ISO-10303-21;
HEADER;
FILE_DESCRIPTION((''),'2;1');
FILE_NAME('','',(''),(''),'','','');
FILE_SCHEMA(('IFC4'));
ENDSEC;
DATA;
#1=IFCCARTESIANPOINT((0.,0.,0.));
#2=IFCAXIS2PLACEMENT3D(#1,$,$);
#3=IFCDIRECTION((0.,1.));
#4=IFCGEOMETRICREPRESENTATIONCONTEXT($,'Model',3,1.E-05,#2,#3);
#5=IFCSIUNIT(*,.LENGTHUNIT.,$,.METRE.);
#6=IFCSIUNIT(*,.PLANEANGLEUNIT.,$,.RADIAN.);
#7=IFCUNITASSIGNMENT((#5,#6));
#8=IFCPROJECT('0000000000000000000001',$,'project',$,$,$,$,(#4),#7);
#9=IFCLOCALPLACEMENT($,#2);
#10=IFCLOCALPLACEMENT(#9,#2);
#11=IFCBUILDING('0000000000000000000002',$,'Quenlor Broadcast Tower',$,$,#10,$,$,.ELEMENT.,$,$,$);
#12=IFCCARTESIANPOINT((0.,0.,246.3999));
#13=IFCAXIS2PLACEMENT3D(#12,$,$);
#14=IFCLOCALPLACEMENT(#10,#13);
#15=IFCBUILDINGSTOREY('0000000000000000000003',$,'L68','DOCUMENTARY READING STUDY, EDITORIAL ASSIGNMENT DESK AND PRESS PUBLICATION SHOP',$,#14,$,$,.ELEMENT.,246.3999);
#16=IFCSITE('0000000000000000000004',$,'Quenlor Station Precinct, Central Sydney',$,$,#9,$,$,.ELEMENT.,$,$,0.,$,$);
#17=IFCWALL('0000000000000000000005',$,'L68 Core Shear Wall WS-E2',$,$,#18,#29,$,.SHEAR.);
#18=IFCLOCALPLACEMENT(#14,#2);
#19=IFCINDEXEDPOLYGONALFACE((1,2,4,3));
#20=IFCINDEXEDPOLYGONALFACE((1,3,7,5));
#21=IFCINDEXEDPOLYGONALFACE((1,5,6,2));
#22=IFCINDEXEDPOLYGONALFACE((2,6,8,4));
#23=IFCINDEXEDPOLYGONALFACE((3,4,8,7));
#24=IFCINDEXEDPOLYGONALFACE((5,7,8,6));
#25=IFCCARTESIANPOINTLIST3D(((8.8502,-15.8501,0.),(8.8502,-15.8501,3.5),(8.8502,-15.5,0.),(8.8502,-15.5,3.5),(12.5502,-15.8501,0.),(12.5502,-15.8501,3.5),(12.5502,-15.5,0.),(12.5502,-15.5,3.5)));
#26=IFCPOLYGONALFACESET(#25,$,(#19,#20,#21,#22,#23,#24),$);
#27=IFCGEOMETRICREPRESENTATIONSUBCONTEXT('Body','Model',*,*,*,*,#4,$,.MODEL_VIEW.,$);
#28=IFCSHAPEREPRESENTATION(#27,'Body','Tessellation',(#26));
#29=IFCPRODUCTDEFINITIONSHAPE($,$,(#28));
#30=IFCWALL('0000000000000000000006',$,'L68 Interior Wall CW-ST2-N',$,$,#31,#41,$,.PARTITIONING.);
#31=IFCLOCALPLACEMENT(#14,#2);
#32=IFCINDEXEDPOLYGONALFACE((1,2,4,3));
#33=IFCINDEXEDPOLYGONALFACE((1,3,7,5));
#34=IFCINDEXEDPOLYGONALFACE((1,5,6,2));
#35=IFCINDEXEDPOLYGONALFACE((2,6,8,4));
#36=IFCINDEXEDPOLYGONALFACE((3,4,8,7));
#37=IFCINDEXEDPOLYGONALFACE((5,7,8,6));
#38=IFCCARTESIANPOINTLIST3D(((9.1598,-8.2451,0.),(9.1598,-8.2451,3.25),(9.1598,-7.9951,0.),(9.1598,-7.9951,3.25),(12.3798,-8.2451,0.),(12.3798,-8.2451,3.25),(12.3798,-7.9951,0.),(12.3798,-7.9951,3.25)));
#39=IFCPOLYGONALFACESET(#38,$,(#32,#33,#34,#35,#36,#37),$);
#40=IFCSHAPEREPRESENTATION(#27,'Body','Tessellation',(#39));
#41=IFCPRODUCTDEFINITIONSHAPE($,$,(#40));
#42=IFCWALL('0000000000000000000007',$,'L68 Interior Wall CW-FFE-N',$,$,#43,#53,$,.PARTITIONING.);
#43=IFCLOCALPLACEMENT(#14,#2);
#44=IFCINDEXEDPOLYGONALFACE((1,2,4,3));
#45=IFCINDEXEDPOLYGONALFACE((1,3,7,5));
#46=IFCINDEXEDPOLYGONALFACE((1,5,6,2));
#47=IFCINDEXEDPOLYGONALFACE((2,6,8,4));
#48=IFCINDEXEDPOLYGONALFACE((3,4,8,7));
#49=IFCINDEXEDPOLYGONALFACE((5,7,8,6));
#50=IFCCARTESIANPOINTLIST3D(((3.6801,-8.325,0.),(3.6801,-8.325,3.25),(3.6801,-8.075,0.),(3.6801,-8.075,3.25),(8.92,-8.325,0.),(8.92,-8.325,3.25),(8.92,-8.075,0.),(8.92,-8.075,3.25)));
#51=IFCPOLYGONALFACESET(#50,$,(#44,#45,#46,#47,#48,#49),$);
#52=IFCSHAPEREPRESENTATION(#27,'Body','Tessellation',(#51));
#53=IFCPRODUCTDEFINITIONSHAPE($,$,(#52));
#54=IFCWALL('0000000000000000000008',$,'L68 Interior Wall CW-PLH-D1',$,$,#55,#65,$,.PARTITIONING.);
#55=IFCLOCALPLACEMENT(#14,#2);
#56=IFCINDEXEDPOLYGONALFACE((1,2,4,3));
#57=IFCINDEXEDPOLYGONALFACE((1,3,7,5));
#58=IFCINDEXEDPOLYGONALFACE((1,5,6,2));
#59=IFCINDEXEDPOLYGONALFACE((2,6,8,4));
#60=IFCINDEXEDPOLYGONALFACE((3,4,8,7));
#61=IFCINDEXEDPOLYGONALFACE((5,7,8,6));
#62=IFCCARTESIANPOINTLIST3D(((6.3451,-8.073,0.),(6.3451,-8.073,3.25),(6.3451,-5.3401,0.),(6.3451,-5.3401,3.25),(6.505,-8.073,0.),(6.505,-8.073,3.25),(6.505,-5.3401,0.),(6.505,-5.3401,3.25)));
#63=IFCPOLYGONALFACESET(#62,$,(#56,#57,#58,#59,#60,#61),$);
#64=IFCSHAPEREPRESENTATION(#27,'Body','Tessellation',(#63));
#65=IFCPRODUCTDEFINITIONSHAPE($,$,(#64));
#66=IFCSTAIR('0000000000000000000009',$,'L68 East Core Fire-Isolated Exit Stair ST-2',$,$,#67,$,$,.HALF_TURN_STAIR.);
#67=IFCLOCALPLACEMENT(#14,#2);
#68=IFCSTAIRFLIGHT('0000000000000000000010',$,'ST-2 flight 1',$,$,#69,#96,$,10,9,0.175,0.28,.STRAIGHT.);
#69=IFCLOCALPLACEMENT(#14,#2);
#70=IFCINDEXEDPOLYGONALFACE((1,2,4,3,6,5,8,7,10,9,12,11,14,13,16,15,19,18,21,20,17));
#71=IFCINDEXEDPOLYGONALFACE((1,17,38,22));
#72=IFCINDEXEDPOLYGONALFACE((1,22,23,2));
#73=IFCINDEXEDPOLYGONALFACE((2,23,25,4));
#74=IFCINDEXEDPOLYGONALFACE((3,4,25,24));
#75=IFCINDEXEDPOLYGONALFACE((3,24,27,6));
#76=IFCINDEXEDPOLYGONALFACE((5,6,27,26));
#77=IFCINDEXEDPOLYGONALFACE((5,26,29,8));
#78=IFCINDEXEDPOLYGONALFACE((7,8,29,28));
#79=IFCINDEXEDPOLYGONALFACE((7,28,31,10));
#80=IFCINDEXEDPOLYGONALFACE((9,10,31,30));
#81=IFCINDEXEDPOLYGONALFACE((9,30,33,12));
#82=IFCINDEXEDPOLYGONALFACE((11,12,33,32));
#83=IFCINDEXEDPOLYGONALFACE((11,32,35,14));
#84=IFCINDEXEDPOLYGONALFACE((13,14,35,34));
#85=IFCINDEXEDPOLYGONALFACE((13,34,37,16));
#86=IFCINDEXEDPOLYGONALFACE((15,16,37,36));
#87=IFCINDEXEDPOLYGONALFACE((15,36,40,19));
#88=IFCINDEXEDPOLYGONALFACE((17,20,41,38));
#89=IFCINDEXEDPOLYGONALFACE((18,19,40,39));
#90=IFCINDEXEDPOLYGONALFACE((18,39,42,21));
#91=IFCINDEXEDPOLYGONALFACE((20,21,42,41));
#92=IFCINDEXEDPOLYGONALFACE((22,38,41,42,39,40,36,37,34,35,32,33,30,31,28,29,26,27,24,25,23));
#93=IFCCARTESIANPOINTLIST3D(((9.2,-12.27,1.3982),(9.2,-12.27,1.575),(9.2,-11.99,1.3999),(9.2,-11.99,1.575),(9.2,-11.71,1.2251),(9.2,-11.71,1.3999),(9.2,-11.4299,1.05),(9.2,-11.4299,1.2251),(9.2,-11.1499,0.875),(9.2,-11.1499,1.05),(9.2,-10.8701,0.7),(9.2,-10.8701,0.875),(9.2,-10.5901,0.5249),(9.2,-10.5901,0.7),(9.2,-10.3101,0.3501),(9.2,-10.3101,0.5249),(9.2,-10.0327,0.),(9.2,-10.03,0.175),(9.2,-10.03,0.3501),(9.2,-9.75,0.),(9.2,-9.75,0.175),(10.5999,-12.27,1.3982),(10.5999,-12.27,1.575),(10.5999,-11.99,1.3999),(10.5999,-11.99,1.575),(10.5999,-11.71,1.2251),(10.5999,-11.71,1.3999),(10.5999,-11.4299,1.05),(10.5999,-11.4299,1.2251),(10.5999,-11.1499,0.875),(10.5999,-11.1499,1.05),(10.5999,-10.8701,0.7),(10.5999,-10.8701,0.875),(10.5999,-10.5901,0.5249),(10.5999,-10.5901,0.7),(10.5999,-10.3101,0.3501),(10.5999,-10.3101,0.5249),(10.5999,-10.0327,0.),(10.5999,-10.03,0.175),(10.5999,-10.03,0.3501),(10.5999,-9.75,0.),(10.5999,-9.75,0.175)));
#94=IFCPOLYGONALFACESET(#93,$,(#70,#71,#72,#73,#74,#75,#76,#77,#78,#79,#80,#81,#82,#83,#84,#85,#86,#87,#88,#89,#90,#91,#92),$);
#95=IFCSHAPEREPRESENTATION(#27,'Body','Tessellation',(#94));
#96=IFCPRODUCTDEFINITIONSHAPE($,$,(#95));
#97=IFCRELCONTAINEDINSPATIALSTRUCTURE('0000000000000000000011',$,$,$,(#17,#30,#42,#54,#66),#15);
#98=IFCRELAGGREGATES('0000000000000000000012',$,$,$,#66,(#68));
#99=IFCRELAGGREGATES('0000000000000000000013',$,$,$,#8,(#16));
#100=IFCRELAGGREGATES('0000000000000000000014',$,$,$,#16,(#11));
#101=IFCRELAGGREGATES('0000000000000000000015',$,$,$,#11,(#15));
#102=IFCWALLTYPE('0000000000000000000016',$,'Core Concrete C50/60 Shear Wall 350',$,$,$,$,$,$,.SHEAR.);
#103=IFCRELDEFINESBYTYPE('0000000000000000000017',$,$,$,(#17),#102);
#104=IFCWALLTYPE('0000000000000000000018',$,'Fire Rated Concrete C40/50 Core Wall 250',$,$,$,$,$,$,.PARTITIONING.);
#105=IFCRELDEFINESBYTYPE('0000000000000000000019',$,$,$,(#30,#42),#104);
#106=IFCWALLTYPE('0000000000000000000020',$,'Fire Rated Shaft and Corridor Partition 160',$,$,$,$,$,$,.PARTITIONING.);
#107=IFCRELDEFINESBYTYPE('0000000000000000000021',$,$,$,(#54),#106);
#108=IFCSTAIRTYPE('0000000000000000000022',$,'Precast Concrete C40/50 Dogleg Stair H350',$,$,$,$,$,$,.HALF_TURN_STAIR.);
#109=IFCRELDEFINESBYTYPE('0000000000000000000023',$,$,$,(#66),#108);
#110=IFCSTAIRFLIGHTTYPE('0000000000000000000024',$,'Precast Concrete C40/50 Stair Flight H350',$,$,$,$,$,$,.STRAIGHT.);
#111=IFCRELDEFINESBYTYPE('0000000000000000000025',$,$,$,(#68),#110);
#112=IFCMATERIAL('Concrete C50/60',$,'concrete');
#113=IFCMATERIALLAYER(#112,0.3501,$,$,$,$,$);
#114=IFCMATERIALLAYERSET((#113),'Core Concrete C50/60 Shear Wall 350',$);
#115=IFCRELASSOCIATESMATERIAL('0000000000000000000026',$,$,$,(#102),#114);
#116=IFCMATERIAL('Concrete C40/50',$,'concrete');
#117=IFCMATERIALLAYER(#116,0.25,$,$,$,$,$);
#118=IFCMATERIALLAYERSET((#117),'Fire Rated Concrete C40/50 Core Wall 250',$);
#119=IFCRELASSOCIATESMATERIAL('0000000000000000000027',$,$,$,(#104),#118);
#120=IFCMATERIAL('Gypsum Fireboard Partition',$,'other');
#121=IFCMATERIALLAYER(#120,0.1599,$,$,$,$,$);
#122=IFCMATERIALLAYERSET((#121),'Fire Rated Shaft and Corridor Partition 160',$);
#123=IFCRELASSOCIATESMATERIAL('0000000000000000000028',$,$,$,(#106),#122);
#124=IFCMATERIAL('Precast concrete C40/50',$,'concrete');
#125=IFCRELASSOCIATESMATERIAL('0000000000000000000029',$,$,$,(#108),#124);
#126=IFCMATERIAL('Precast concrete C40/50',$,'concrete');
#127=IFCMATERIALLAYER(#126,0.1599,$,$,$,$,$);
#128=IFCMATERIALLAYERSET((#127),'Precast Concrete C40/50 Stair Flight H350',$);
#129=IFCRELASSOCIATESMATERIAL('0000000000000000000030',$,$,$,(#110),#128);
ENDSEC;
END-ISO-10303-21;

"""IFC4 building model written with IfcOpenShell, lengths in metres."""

from ifc_helpers import new_model, si_unit, direction, frame, frame_2d, origin, place, context, subcontext, project, spatial, polyline, rectangle, outline, extrude, material, layer, layer_set, type_object, element, aggregate, save


model = new_model("IFC4")

# Units and contexts
model_context = context("Model", 3, precision=1e-05, world=origin(), true_north=direction((0.0, 1.0)))
body_context = subcontext(model_context, "Body", "Model", "MODEL_VIEW")
ifc_project = project(units=[si_unit("LENGTHUNIT", "METRE"), si_unit("PLANEANGLEUNIT", "RADIAN")], contexts=[model_context])

# Site, building, storey
site_placement = place(None, origin())
site = spatial("IfcSite", under=ifc_project, at=site_placement, Name="Quenlor Station Precinct, Central Sydney", CompositionType="ELEMENT", RefElevation=0.0)
building_placement = place(site_placement, origin())
building = spatial("IfcBuilding", under=site, at=building_placement, Name="Quenlor Broadcast Tower", CompositionType="ELEMENT")
storey_placement = place(building_placement, frame((0.0, 0.0, 246.3999)))
storey = spatial("IfcBuildingStorey", under=building, at=storey_placement, Name="L68", Description="DOCUMENTARY READING STUDY, EDITORIAL ASSIGNMENT DESK AND PRESS PUBLICATION SHOP", CompositionType="ELEMENT", Elevation=246.3999)

# Wall
ifc_material_1 = material(Name="Concrete C50/60", Category="concrete")
ifc_layer_1 = layer(ifc_material_1, 0.3501)
ifc_layer_set_1 = layer_set([ifc_layer_1], Name="Core Concrete C50/60 Shear Wall 350")
wall_type_1 = type_object("IfcWallType", Name="Core Concrete C50/60 Shear Wall 350", PredefinedType="SHEAR", material=ifc_layer_set_1)
wall_1_placement = place(storey_placement, frame((8.8501, -15.675, 0.0), z_axis=(0.0, 0.0, 1.0), x_axis=(1.0, 0.0, 0.0)))
element("IfcWall", 1, at=wall_1_placement, inside=storey, type_object=wall_type_1, Name="L68 Core Shear Wall WS-E2", PredefinedType="SHEAR", context=body_context, shape_type="SweptSolid", body=[
    extrude(rectangle(XDim=3.7, YDim=0.3501, at=frame_2d((1.8501, 0.0))), origin(), (0.0, 0.0, 1.0), 3.5),
])

# Shared definitions
ifc_material_2 = material(Name="Concrete C40/50", Category="concrete")
ifc_layer_2 = layer(ifc_material_2, 0.25)
ifc_layer_set_2 = layer_set([ifc_layer_2], Name="Fire Rated Concrete C40/50 Core Wall 250")
wall_type_2 = type_object("IfcWallType", Name="Fire Rated Concrete C40/50 Core Wall 250", PredefinedType="PARTITIONING", material=ifc_layer_set_2)

# Wall
wall_2_placement = place(storey_placement, frame((9.1599, -8.1201, 0.0), z_axis=(0.0, 0.0, 1.0), x_axis=(1.0, 0.0, 0.0)))
element("IfcWall", 2, at=wall_2_placement, inside=storey, type_object=wall_type_2, Name="L68 Interior Wall CW-ST2-N", PredefinedType="PARTITIONING", context=body_context, shape_type="SweptSolid", body=[
    extrude(rectangle(XDim=3.22, YDim=0.25, at=frame_2d((1.6099, 0.0))), origin(), (0.0, 0.0, 1.0), 3.25),
])

# Walls
wall_3_placement = place(storey_placement, frame((3.6799, -8.2, 0.0), z_axis=(0.0, 0.0, 1.0), x_axis=(1.0, 0.0, 0.0)))
element("IfcWall", 3, at=wall_3_placement, inside=storey, type_object=wall_type_2, Name="L68 Interior Wall CW-FFE-N", PredefinedType="PARTITIONING", context=body_context, shape_type="SweptSolid", body=[
    extrude(rectangle(XDim=5.24, YDim=0.25, at=frame_2d((2.6201, 0.0))), origin(), (0.0, 0.0, 1.0), 3.25),
])
ifc_material_3 = material(Name="Gypsum Fireboard Partition", Category="other")
ifc_layer_3 = layer(ifc_material_3, 0.1599)
ifc_layer_set_3 = layer_set([ifc_layer_3], Name="Fire Rated Shaft and Corridor Partition 160")
wall_type_3 = type_object("IfcWallType", Name="Fire Rated Shaft and Corridor Partition 160", PredefinedType="PARTITIONING", material=ifc_layer_set_3)
wall_4_placement = place(storey_placement, frame((6.425, -8.073, 0.0), z_axis=(0.0, 0.0, 1.0), x_axis=(0.0, 1.0, 0.0)))
element("IfcWall", 4, at=wall_4_placement, inside=storey, type_object=wall_type_3, Name="L68 Interior Wall CW-PLH-D1", PredefinedType="PARTITIONING", context=body_context, shape_type="SweptSolid", body=[
    extrude(rectangle(XDim=2.7329, YDim=0.1599, at=frame_2d((1.3665, 0.0))), origin(), (0.0, 0.0, 1.0), 3.25),
])

# Stair, stair flight
ifc_material_4 = material(Name="Precast concrete C40/50", Category="concrete")
stair_type = type_object("IfcStairType", Name="Precast Concrete C40/50 Dogleg Stair H350", PredefinedType="HALF_TURN_STAIR", material=ifc_material_4)
stair_placement = place(storey_placement, origin())
stair = element("IfcStair", 5, at=stair_placement, inside=storey, type_object=stair_type, Name="L68 East Core Fire-Isolated Exit Stair ST-2", PredefinedType="HALF_TURN_STAIR")
ifc_material_5 = material(Name="Precast concrete C40/50", Category="concrete")
ifc_layer_4 = layer(ifc_material_5, 0.1599)
ifc_layer_set_4 = layer_set([ifc_layer_4], Name="Precast Concrete C40/50 Stair Flight H350")
stair_flight_type = type_object("IfcStairFlightType", Name="Precast Concrete C40/50 Stair Flight H350", PredefinedType="STRAIGHT", material=ifc_layer_set_4)
stair_flight_placement = place(storey_placement, frame((9.8999, -9.75, 0.0), z_axis=(0.0, 0.0, 1.0), x_axis=(0.0, -1.0, 0.0)))
stair_flight = element("IfcStairFlight", 6, at=stair_flight_placement, type_object=stair_flight_type, Name="ST-2 flight 1", NumberOfRisers=10, NumberOfTreads=9, PredefinedType="STRAIGHT", RiserHeight=0.175, TreadLength=0.28, context=body_context, shape_type="SweptSolid", body=[
    extrude(outline(polyline([(0.0, 0.0), (0.0, 0.175), (0.28, 0.175), (0.28, 0.3501), (0.5601, 0.3501), (0.5601, 0.5249), (0.8401, 0.5249), (0.8401, 0.7), (1.1201, 0.7), (1.1201, 0.875), (1.3999, 0.875), (1.3999, 1.05), (1.6799, 1.05), (1.6799, 1.2251), (1.96, 1.2251), (1.96, 1.3999), (2.24, 1.3999), (2.24, 1.575), (2.52, 1.575), (2.52, 1.75), (2.52, 1.3982), (0.2827, 0.0), (0.0, 0.0)])), frame((0.0, 0.7, 0.0), z_axis=(0.0, -1.0, 0.0), x_axis=(1.0, 0.0, 0.0)), (0.0, 0.0, 1.0), 1.3999),
])
aggregate(stair, [stair_flight])

save(model, "model.ifc")
